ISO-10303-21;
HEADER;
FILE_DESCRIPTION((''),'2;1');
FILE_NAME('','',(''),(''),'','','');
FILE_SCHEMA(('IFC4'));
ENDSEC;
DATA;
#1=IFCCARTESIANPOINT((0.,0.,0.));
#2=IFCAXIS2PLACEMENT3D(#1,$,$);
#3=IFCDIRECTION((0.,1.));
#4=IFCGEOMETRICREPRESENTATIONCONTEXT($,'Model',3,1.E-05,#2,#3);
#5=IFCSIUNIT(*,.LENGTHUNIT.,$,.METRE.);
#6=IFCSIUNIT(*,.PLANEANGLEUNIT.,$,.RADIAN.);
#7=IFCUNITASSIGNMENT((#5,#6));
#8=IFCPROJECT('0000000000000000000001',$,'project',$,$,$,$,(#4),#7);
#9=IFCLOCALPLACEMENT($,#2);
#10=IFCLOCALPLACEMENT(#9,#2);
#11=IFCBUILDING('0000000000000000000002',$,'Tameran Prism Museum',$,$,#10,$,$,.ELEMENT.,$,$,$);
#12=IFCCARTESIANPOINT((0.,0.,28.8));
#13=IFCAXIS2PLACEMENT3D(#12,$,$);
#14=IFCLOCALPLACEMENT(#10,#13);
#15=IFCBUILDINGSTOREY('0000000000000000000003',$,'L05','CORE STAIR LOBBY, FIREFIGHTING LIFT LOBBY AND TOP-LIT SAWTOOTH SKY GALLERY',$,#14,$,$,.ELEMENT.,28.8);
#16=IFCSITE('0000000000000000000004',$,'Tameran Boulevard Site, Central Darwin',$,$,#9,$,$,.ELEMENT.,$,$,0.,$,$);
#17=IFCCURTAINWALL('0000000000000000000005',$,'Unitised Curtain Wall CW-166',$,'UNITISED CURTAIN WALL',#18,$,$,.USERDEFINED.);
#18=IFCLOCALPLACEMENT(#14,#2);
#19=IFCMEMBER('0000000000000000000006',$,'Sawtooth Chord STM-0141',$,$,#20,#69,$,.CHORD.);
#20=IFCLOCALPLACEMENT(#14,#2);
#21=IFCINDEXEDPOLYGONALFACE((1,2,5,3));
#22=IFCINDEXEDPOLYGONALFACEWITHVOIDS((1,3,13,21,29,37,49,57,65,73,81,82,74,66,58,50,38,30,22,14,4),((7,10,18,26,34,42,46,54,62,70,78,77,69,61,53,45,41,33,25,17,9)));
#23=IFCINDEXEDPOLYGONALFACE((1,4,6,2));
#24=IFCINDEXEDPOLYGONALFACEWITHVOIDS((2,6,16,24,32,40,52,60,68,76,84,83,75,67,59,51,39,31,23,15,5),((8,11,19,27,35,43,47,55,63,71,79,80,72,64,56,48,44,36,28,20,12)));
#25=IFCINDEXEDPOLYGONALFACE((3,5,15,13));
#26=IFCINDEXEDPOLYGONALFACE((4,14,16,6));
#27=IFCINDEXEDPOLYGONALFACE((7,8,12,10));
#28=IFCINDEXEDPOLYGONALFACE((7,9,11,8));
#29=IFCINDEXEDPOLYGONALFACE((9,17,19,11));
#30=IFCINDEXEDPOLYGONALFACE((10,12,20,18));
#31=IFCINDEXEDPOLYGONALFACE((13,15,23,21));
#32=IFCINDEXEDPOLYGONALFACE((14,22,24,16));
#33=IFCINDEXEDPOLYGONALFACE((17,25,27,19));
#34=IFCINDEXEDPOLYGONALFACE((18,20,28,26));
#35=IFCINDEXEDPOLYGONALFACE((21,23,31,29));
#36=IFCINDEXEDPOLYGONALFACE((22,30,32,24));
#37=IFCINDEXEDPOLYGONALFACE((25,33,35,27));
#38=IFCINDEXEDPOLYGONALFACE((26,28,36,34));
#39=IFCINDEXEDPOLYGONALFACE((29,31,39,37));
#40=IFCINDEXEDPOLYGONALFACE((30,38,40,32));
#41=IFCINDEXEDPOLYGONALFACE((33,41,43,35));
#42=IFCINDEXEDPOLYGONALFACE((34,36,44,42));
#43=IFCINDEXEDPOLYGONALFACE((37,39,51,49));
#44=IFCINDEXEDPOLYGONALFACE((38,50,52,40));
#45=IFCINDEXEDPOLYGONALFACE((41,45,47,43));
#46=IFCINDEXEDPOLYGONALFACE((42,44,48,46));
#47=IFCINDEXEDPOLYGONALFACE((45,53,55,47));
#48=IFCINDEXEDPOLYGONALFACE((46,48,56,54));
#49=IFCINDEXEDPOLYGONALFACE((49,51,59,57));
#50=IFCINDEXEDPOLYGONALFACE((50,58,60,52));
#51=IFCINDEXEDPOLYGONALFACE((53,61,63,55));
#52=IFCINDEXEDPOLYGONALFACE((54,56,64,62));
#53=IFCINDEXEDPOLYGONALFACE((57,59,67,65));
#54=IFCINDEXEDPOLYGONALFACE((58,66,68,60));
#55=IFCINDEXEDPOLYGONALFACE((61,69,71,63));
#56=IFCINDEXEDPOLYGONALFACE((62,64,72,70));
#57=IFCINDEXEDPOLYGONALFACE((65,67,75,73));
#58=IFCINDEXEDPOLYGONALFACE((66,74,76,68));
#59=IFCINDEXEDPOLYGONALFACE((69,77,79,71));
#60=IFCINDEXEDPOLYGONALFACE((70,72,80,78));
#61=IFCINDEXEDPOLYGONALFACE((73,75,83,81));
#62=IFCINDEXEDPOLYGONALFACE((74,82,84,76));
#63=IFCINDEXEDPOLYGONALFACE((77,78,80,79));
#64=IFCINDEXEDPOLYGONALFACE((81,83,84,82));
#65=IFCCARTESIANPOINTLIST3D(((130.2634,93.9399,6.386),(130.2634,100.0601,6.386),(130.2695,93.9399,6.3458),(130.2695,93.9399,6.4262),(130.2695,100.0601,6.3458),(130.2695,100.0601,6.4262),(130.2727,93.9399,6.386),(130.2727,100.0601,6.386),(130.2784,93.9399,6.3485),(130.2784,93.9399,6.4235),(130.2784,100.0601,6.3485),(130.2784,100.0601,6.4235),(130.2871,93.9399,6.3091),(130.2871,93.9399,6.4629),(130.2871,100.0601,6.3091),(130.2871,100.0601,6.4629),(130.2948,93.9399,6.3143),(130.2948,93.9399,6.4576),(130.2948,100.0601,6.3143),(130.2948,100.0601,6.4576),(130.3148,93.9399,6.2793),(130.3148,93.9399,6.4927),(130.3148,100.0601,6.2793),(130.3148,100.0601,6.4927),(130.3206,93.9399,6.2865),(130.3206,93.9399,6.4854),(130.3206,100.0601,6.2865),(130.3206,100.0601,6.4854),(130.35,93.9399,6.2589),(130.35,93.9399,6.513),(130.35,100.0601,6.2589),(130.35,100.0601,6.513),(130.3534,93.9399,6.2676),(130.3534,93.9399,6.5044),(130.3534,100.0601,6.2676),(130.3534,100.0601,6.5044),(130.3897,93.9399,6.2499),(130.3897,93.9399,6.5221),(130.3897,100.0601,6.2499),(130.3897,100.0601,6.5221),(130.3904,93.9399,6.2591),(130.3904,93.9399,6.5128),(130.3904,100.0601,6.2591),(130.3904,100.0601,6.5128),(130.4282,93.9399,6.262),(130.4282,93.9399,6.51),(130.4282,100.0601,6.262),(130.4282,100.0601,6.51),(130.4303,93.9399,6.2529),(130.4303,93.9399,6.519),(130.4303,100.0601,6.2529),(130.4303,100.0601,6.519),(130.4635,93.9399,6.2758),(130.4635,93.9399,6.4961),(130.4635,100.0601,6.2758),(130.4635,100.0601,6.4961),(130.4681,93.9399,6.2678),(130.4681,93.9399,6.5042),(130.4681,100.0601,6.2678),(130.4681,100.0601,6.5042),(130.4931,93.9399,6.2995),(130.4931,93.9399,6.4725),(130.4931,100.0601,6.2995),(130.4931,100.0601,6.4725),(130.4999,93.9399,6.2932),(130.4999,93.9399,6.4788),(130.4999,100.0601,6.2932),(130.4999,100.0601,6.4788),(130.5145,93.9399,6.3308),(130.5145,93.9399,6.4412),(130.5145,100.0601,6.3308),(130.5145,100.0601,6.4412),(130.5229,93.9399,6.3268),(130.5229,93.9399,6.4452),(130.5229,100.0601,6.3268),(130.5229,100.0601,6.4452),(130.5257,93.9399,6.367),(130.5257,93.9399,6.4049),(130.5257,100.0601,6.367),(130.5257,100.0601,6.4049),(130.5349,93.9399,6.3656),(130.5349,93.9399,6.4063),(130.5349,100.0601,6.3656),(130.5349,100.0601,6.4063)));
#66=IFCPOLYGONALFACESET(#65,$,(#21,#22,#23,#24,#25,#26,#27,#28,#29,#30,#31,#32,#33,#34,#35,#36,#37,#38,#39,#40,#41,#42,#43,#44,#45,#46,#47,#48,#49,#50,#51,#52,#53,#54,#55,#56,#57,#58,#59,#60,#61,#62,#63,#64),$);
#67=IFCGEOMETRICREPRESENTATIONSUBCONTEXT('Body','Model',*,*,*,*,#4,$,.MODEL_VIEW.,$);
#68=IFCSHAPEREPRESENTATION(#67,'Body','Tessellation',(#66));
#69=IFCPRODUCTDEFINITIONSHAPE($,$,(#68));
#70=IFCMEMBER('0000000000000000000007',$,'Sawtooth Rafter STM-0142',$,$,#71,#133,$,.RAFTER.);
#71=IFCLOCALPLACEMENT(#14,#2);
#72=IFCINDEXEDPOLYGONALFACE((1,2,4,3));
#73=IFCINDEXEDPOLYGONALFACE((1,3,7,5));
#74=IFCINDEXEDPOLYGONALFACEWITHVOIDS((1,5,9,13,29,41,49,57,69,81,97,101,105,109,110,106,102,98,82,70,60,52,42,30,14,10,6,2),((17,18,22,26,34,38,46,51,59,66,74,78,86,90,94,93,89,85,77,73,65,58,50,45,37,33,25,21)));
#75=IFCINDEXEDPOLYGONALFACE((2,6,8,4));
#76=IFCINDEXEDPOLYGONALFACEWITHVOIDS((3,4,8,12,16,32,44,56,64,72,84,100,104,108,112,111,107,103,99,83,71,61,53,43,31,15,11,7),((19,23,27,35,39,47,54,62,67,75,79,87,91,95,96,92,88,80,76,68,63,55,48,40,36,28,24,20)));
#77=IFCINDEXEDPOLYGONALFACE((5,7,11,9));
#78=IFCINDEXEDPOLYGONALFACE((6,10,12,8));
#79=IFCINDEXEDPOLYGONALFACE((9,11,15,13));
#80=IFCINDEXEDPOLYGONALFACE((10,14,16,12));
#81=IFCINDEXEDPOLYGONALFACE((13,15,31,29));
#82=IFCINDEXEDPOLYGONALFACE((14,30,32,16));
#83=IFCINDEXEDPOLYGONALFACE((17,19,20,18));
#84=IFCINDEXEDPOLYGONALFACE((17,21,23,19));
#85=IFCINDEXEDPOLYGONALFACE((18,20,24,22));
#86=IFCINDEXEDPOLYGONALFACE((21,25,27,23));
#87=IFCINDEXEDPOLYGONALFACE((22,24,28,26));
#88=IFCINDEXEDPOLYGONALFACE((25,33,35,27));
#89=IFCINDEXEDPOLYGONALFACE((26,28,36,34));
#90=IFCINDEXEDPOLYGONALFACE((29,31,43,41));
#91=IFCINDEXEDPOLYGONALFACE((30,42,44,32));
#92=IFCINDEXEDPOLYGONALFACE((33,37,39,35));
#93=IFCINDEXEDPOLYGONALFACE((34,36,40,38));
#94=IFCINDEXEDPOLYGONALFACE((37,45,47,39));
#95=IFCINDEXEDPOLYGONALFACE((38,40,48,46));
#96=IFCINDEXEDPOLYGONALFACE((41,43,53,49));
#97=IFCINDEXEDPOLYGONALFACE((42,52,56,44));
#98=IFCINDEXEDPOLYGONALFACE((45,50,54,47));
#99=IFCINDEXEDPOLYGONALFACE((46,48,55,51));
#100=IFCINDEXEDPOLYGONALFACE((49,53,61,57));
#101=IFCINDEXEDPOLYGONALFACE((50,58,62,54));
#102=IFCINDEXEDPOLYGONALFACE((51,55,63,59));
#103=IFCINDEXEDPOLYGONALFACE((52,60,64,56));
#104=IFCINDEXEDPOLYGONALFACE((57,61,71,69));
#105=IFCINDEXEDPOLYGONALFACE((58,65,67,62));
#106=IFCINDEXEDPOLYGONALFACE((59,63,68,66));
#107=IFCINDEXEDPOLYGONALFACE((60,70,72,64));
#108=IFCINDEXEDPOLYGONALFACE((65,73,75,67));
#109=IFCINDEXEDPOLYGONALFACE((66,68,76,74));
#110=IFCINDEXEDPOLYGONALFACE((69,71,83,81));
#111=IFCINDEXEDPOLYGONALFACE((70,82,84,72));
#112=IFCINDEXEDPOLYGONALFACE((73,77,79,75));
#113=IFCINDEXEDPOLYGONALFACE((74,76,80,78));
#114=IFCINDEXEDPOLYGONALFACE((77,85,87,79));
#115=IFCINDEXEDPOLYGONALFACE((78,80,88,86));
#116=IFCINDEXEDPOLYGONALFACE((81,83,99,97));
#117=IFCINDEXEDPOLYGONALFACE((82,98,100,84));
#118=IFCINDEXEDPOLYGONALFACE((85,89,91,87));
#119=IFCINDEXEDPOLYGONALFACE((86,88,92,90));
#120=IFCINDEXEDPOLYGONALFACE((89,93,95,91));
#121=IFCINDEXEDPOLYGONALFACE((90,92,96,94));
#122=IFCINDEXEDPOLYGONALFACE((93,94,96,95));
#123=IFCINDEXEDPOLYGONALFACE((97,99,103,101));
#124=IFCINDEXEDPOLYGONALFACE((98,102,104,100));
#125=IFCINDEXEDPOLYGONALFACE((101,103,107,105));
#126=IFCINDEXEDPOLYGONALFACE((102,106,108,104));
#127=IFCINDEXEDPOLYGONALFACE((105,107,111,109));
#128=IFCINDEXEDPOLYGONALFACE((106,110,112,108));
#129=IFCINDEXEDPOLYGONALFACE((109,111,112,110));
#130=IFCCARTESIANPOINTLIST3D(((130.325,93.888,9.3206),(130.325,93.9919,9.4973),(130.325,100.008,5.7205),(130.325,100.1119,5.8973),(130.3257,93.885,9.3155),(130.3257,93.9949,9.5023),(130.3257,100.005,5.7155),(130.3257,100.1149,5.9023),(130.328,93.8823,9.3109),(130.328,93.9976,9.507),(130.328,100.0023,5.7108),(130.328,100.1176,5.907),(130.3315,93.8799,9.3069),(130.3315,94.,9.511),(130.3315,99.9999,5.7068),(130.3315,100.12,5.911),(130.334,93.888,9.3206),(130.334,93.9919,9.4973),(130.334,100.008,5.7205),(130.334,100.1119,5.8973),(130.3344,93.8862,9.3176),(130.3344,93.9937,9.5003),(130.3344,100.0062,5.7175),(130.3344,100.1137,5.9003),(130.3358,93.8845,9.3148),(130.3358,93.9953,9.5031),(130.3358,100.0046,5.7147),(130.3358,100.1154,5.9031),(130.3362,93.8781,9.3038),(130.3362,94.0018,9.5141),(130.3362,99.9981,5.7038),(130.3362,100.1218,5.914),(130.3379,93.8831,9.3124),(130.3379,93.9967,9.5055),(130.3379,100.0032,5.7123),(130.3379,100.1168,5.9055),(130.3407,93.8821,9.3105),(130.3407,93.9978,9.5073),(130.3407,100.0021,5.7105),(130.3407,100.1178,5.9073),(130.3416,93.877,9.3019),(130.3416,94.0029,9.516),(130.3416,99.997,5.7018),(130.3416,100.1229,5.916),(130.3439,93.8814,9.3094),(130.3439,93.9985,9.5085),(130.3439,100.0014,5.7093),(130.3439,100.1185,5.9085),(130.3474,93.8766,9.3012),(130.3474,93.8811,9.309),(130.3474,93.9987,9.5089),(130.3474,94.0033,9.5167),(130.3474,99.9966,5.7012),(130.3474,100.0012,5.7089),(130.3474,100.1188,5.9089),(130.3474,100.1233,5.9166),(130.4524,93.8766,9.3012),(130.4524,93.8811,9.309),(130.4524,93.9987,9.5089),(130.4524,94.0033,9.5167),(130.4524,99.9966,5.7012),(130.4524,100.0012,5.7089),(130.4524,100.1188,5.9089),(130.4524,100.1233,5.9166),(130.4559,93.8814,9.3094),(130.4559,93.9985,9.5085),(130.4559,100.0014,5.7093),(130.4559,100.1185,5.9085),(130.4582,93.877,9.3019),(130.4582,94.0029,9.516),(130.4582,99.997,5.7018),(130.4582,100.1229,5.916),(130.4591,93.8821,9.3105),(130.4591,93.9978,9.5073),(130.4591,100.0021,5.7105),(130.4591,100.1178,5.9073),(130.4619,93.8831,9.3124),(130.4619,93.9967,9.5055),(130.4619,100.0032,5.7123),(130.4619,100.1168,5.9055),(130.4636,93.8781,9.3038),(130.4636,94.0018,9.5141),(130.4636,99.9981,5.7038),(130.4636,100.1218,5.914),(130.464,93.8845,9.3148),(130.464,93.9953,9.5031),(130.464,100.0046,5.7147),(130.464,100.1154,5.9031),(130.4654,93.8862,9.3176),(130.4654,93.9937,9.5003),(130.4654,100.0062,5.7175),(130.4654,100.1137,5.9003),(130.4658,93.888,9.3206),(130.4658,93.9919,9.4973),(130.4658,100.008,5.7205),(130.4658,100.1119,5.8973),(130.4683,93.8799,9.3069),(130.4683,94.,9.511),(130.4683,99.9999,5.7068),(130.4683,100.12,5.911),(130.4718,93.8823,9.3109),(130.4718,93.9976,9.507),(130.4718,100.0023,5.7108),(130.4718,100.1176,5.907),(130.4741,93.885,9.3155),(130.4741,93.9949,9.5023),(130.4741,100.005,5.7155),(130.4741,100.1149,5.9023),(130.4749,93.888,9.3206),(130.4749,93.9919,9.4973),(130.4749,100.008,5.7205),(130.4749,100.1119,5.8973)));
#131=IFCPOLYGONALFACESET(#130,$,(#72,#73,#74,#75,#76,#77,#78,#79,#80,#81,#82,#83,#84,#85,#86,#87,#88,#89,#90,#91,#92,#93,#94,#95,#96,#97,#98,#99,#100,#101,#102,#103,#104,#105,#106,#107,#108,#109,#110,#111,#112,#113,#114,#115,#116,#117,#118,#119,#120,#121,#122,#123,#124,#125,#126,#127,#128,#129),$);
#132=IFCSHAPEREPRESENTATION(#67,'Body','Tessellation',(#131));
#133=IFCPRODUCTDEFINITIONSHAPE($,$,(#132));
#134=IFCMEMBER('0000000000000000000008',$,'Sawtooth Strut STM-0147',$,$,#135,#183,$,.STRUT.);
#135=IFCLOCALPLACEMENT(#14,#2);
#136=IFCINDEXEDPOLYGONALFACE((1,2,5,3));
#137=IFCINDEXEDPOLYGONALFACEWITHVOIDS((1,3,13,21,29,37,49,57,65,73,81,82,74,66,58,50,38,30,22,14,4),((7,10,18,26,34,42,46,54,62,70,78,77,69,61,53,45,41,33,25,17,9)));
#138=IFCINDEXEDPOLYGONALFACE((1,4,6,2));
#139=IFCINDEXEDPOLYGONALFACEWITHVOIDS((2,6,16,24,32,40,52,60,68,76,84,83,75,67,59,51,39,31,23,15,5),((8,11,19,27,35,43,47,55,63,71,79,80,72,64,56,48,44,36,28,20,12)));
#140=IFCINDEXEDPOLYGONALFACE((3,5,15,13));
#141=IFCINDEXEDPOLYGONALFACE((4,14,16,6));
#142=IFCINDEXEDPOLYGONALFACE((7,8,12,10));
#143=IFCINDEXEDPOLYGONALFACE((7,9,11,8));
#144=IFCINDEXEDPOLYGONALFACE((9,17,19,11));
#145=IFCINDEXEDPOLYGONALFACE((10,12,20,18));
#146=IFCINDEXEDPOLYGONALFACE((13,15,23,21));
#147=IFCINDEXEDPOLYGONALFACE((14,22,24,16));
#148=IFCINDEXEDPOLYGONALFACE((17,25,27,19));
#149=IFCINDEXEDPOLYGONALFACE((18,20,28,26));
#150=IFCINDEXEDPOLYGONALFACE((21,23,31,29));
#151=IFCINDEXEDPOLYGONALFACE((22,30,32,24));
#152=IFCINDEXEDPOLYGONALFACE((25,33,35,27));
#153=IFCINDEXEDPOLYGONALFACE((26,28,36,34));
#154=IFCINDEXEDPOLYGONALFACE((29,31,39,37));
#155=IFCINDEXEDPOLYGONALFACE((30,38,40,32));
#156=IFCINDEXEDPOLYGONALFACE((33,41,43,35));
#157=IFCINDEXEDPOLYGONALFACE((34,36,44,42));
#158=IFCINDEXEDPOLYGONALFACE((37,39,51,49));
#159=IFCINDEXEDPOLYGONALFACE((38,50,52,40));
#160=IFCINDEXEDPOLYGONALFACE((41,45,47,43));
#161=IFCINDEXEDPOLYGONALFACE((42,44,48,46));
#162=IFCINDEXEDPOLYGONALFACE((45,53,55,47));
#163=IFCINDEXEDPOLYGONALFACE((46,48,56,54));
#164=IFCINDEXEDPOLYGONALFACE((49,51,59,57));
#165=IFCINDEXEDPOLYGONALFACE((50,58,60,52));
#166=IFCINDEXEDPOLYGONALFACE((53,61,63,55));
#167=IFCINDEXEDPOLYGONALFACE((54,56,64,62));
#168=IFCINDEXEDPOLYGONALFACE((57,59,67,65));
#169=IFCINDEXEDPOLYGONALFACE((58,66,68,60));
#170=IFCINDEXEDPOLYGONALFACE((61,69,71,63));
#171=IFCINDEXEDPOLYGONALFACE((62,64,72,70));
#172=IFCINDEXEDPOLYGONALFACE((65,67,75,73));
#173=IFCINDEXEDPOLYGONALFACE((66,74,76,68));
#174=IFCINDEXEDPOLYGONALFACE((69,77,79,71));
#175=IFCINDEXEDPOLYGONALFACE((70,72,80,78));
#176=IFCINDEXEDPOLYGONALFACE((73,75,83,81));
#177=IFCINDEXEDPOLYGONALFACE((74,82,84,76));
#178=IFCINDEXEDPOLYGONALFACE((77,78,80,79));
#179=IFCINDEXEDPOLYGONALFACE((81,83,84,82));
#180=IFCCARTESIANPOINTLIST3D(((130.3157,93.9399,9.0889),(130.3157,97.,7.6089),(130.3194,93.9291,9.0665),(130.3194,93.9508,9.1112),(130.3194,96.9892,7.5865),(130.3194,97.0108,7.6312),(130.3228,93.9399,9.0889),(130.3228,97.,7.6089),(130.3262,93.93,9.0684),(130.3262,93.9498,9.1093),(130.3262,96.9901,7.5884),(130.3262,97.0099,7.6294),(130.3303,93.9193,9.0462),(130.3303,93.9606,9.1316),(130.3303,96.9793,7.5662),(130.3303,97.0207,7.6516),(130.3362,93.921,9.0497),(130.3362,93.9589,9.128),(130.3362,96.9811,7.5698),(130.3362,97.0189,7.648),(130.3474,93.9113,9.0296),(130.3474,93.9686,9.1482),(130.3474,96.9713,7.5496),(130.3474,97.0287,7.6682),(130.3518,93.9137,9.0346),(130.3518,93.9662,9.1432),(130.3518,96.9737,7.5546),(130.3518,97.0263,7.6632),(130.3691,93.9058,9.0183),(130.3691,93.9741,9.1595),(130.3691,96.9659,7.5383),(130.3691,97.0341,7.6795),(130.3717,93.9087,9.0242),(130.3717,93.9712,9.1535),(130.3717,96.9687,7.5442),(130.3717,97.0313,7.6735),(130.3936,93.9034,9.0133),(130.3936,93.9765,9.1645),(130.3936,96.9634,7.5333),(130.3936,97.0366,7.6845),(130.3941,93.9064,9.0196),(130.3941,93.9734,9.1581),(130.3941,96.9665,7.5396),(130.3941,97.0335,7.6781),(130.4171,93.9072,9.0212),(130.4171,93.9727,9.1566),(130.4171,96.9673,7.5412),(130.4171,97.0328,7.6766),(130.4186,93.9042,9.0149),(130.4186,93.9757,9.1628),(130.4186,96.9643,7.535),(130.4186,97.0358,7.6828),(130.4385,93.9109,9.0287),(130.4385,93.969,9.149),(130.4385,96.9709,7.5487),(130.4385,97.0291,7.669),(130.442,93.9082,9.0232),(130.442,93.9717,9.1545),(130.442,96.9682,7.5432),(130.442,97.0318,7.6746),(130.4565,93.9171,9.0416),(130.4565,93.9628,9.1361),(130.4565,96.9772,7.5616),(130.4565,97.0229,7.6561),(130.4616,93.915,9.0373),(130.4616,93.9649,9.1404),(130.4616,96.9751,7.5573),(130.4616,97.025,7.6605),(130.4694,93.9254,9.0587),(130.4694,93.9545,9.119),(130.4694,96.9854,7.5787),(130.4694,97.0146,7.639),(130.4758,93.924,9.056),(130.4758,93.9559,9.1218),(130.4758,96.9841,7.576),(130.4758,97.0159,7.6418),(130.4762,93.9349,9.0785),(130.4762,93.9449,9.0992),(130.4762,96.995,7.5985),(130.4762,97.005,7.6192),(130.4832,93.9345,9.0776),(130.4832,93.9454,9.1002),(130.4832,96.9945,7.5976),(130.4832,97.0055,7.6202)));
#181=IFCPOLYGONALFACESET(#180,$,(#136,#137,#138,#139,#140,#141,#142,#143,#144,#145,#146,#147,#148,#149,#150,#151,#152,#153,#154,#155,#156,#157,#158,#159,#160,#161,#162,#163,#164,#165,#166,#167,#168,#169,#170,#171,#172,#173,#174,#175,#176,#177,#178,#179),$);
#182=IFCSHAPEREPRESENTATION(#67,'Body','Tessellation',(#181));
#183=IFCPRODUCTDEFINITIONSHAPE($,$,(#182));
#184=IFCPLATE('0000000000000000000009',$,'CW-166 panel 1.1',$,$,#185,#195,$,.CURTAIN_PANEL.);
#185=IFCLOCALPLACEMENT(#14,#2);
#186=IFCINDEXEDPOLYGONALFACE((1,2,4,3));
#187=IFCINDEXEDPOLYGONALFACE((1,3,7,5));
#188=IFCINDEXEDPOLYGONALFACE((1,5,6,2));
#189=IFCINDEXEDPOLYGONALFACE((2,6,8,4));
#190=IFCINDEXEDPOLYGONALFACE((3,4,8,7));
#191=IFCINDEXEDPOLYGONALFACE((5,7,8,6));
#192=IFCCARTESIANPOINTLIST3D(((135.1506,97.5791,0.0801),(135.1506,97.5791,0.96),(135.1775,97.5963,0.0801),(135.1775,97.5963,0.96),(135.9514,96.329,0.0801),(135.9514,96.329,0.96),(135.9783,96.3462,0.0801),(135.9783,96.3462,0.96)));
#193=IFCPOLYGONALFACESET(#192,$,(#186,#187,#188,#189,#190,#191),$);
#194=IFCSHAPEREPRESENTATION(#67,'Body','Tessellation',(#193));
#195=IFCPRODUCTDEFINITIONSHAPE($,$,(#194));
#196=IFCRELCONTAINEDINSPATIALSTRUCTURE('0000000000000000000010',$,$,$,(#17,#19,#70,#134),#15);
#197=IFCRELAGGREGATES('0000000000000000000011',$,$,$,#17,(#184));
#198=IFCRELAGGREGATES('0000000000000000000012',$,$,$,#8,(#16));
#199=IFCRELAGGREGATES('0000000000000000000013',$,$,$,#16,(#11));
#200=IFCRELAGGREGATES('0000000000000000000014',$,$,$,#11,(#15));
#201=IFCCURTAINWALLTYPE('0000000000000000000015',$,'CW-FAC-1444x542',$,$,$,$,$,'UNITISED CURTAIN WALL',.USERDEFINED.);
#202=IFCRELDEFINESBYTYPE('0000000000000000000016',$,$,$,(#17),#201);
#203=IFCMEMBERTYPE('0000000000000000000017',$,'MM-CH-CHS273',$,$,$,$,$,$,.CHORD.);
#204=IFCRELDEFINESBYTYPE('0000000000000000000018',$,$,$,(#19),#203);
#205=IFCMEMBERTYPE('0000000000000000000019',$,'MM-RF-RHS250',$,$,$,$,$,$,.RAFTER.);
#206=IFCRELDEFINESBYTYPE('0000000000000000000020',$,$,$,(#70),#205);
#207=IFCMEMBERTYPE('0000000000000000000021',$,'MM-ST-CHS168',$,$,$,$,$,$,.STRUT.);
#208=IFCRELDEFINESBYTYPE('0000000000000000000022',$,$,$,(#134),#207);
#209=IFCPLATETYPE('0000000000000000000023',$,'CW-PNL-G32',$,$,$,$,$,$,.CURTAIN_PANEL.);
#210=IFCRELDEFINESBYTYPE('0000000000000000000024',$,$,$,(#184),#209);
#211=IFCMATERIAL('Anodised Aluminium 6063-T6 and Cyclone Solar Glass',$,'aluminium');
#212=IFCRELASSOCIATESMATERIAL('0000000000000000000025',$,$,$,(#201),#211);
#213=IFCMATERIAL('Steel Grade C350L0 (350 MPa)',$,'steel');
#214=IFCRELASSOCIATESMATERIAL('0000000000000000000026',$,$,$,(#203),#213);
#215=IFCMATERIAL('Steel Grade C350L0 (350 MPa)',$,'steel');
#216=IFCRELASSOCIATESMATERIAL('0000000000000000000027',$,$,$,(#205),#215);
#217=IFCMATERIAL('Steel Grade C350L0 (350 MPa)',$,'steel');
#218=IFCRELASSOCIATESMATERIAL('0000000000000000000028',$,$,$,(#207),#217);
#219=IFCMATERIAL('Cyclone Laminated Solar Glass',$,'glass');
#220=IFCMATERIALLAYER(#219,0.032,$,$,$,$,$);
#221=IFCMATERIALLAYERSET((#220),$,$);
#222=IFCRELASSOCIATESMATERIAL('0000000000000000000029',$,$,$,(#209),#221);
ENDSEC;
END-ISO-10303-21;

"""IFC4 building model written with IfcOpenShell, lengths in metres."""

from ifc_helpers import new_model, si_unit, direction, frame, origin, origin_2d, place, context, subcontext, project, spatial, rectangle, hollow_rectangle, hollow_circle, extrude, material, layer, layer_set, material_profile, profile_set, type_object, element, aggregate, save


model = new_model("IFC4")

# Units and contexts
model_context = context("Model", 3, precision=1e-05, world=origin(), true_north=direction((0.0, 1.0)))
body_context = subcontext(model_context, "Body", "Model", "MODEL_VIEW")
ifc_project = project(units=[si_unit("LENGTHUNIT", "METRE"), si_unit("PLANEANGLEUNIT", "RADIAN")], contexts=[model_context])

# Site, building, storey
site_placement = place(None, origin())
site = spatial("IfcSite", under=ifc_project, at=site_placement, Name="Tameran Boulevard Site, Central Darwin", CompositionType="ELEMENT", RefElevation=0.0)
building_placement = place(site_placement, origin())
building = spatial("IfcBuilding", under=site, at=building_placement, Name="Tameran Prism Museum", CompositionType="ELEMENT")
storey_placement = place(building_placement, frame((0.0, 0.0, 28.8)))
storey = spatial("IfcBuildingStorey", under=building, at=storey_placement, Name="L05", Description="CORE STAIR LOBBY, FIREFIGHTING LIFT LOBBY AND TOP-LIT SAWTOOTH SKY GALLERY", CompositionType="ELEMENT", Elevation=28.8)

# Curtain wall
ifc_material_1 = material(Name="Anodised Aluminium 6063-T6 and Cyclone Solar Glass", Category="aluminium")
curtain_wall_type = type_object("IfcCurtainWallType", Name="CW-FAC-1444x542", ElementType="UNITISED CURTAIN WALL", PredefinedType="USERDEFINED", material=ifc_material_1)
curtain_wall_placement = place(storey_placement, origin())
curtain_wall = element("IfcCurtainWall", 1, at=curtain_wall_placement, inside=storey, type_object=curtain_wall_type, Name="Unitised Curtain Wall CW-166", ObjectType="UNITISED CURTAIN WALL", PredefinedType="USERDEFINED")

# Members
ifc_material_2 = material(Name="Steel Grade C350L0 (350 MPa)", Category="steel")
ifc_material_profile_1 = material_profile(ifc_material_2, hollow_circle(Radius=0.1365, WallThickness=0.0093, at=origin_2d()))
ifc_profile_set_1 = profile_set([ifc_material_profile_1])
member_type_1 = type_object("IfcMemberType", Name="MM-CH-CHS273", PredefinedType="CHORD", material=ifc_profile_set_1)
member_1_placement = place(storey_placement, frame((130.3999, 93.9399, 6.386), z_axis=(0.0, 1.0, 0.0), x_axis=(-1.0, 0.0, 0.0)))
element("IfcMember", 2, at=member_1_placement, inside=storey, type_object=member_type_1, Name="Sawtooth Chord STM-0141", PredefinedType="CHORD", context=body_context, shape_type="SweptSolid", body=[
    extrude(hollow_circle(Radius=0.1365, WallThickness=0.0093, at=origin_2d()), origin(), (0.0, 0.0, 1.0), 6.1201),
])
ifc_material_3 = material(Name="Steel Grade C350L0 (350 MPa)", Category="steel")
ifc_material_profile_2 = material_profile(ifc_material_3, hollow_rectangle(XDim=0.1499, YDim=0.25, WallThickness=0.009, InnerFilletRadius=0.0134, OuterFilletRadius=0.0225, at=origin_2d()))
ifc_profile_set_2 = profile_set([ifc_material_profile_2])
member_type_2 = type_object("IfcMemberType", Name="MM-RF-RHS250", PredefinedType="RAFTER", material=ifc_profile_set_2)
member_2_placement = place(storey_placement, frame((130.3999, 93.9399, 9.4089), z_axis=(0.0, 0.861932, -0.507023), x_axis=(-1.0, 0.0, 0.0)))
element("IfcMember", 3, at=member_2_placement, inside=storey, type_object=member_type_2, Name="Sawtooth Rafter STM-0142", PredefinedType="RAFTER", context=body_context, shape_type="SweptSolid", body=[
    extrude(hollow_rectangle(XDim=0.1499, YDim=0.25, WallThickness=0.009, InnerFilletRadius=0.0134, OuterFilletRadius=0.0225, at=origin_2d()), origin(), (0.0, 0.0, 1.0), 7.1003),
])
ifc_material_4 = material(Name="Steel Grade C350L0 (350 MPa)", Category="steel")
ifc_material_profile_3 = material_profile(ifc_material_4, hollow_circle(Radius=0.0842, WallThickness=0.0071, at=origin_2d()))
ifc_profile_set_3 = profile_set([ifc_material_profile_3])
member_type_3 = type_object("IfcMemberType", Name="MM-ST-CHS168", PredefinedType="STRUT", material=ifc_profile_set_3)
member_3_placement = place(storey_placement, frame((130.3999, 93.9399, 9.0889), z_axis=(0.0, 0.900239, -0.435396), x_axis=(-1.0, 0.0, 0.0)))
element("IfcMember", 4, at=member_3_placement, inside=storey, type_object=member_type_3, Name="Sawtooth Strut STM-0147", PredefinedType="STRUT", context=body_context, shape_type="SweptSolid", body=[
    extrude(hollow_circle(Radius=0.0842, WallThickness=0.0071, at=origin_2d()), origin(), (0.0, 0.0, 1.0), 3.3992),
])

# Plate
ifc_material_5 = material(Name="Cyclone Laminated Solar Glass", Category="glass")
ifc_layer_1 = layer(ifc_material_5, 0.032)
ifc_layer_set_1 = layer_set([ifc_layer_1])
plate_type_1 = type_object("IfcPlateType", Name="CW-PNL-G32", PredefinedType="CURTAIN_PANEL", material=ifc_layer_set_1)
plate_1_placement = place(storey_placement, frame((135.5645, 96.9626, 0.0801), z_axis=(0.0, 0.0, 1.0), x_axis=(0.539427, -0.842032, 0.0)))
plate_1 = element("IfcPlate", 5, at=plate_1_placement, type_object=plate_type_1, Name="CW-166 panel 1.1", PredefinedType="CURTAIN_PANEL", context=body_context, shape_type="SweptSolid", body=[
    extrude(rectangle(XDim=1.4846, YDim=0.032, at=origin_2d()), origin(), (0.0, 0.0, 1.0), 0.8799),
])
aggregate(curtain_wall, [plate_1])

save(model, "model.ifc")
